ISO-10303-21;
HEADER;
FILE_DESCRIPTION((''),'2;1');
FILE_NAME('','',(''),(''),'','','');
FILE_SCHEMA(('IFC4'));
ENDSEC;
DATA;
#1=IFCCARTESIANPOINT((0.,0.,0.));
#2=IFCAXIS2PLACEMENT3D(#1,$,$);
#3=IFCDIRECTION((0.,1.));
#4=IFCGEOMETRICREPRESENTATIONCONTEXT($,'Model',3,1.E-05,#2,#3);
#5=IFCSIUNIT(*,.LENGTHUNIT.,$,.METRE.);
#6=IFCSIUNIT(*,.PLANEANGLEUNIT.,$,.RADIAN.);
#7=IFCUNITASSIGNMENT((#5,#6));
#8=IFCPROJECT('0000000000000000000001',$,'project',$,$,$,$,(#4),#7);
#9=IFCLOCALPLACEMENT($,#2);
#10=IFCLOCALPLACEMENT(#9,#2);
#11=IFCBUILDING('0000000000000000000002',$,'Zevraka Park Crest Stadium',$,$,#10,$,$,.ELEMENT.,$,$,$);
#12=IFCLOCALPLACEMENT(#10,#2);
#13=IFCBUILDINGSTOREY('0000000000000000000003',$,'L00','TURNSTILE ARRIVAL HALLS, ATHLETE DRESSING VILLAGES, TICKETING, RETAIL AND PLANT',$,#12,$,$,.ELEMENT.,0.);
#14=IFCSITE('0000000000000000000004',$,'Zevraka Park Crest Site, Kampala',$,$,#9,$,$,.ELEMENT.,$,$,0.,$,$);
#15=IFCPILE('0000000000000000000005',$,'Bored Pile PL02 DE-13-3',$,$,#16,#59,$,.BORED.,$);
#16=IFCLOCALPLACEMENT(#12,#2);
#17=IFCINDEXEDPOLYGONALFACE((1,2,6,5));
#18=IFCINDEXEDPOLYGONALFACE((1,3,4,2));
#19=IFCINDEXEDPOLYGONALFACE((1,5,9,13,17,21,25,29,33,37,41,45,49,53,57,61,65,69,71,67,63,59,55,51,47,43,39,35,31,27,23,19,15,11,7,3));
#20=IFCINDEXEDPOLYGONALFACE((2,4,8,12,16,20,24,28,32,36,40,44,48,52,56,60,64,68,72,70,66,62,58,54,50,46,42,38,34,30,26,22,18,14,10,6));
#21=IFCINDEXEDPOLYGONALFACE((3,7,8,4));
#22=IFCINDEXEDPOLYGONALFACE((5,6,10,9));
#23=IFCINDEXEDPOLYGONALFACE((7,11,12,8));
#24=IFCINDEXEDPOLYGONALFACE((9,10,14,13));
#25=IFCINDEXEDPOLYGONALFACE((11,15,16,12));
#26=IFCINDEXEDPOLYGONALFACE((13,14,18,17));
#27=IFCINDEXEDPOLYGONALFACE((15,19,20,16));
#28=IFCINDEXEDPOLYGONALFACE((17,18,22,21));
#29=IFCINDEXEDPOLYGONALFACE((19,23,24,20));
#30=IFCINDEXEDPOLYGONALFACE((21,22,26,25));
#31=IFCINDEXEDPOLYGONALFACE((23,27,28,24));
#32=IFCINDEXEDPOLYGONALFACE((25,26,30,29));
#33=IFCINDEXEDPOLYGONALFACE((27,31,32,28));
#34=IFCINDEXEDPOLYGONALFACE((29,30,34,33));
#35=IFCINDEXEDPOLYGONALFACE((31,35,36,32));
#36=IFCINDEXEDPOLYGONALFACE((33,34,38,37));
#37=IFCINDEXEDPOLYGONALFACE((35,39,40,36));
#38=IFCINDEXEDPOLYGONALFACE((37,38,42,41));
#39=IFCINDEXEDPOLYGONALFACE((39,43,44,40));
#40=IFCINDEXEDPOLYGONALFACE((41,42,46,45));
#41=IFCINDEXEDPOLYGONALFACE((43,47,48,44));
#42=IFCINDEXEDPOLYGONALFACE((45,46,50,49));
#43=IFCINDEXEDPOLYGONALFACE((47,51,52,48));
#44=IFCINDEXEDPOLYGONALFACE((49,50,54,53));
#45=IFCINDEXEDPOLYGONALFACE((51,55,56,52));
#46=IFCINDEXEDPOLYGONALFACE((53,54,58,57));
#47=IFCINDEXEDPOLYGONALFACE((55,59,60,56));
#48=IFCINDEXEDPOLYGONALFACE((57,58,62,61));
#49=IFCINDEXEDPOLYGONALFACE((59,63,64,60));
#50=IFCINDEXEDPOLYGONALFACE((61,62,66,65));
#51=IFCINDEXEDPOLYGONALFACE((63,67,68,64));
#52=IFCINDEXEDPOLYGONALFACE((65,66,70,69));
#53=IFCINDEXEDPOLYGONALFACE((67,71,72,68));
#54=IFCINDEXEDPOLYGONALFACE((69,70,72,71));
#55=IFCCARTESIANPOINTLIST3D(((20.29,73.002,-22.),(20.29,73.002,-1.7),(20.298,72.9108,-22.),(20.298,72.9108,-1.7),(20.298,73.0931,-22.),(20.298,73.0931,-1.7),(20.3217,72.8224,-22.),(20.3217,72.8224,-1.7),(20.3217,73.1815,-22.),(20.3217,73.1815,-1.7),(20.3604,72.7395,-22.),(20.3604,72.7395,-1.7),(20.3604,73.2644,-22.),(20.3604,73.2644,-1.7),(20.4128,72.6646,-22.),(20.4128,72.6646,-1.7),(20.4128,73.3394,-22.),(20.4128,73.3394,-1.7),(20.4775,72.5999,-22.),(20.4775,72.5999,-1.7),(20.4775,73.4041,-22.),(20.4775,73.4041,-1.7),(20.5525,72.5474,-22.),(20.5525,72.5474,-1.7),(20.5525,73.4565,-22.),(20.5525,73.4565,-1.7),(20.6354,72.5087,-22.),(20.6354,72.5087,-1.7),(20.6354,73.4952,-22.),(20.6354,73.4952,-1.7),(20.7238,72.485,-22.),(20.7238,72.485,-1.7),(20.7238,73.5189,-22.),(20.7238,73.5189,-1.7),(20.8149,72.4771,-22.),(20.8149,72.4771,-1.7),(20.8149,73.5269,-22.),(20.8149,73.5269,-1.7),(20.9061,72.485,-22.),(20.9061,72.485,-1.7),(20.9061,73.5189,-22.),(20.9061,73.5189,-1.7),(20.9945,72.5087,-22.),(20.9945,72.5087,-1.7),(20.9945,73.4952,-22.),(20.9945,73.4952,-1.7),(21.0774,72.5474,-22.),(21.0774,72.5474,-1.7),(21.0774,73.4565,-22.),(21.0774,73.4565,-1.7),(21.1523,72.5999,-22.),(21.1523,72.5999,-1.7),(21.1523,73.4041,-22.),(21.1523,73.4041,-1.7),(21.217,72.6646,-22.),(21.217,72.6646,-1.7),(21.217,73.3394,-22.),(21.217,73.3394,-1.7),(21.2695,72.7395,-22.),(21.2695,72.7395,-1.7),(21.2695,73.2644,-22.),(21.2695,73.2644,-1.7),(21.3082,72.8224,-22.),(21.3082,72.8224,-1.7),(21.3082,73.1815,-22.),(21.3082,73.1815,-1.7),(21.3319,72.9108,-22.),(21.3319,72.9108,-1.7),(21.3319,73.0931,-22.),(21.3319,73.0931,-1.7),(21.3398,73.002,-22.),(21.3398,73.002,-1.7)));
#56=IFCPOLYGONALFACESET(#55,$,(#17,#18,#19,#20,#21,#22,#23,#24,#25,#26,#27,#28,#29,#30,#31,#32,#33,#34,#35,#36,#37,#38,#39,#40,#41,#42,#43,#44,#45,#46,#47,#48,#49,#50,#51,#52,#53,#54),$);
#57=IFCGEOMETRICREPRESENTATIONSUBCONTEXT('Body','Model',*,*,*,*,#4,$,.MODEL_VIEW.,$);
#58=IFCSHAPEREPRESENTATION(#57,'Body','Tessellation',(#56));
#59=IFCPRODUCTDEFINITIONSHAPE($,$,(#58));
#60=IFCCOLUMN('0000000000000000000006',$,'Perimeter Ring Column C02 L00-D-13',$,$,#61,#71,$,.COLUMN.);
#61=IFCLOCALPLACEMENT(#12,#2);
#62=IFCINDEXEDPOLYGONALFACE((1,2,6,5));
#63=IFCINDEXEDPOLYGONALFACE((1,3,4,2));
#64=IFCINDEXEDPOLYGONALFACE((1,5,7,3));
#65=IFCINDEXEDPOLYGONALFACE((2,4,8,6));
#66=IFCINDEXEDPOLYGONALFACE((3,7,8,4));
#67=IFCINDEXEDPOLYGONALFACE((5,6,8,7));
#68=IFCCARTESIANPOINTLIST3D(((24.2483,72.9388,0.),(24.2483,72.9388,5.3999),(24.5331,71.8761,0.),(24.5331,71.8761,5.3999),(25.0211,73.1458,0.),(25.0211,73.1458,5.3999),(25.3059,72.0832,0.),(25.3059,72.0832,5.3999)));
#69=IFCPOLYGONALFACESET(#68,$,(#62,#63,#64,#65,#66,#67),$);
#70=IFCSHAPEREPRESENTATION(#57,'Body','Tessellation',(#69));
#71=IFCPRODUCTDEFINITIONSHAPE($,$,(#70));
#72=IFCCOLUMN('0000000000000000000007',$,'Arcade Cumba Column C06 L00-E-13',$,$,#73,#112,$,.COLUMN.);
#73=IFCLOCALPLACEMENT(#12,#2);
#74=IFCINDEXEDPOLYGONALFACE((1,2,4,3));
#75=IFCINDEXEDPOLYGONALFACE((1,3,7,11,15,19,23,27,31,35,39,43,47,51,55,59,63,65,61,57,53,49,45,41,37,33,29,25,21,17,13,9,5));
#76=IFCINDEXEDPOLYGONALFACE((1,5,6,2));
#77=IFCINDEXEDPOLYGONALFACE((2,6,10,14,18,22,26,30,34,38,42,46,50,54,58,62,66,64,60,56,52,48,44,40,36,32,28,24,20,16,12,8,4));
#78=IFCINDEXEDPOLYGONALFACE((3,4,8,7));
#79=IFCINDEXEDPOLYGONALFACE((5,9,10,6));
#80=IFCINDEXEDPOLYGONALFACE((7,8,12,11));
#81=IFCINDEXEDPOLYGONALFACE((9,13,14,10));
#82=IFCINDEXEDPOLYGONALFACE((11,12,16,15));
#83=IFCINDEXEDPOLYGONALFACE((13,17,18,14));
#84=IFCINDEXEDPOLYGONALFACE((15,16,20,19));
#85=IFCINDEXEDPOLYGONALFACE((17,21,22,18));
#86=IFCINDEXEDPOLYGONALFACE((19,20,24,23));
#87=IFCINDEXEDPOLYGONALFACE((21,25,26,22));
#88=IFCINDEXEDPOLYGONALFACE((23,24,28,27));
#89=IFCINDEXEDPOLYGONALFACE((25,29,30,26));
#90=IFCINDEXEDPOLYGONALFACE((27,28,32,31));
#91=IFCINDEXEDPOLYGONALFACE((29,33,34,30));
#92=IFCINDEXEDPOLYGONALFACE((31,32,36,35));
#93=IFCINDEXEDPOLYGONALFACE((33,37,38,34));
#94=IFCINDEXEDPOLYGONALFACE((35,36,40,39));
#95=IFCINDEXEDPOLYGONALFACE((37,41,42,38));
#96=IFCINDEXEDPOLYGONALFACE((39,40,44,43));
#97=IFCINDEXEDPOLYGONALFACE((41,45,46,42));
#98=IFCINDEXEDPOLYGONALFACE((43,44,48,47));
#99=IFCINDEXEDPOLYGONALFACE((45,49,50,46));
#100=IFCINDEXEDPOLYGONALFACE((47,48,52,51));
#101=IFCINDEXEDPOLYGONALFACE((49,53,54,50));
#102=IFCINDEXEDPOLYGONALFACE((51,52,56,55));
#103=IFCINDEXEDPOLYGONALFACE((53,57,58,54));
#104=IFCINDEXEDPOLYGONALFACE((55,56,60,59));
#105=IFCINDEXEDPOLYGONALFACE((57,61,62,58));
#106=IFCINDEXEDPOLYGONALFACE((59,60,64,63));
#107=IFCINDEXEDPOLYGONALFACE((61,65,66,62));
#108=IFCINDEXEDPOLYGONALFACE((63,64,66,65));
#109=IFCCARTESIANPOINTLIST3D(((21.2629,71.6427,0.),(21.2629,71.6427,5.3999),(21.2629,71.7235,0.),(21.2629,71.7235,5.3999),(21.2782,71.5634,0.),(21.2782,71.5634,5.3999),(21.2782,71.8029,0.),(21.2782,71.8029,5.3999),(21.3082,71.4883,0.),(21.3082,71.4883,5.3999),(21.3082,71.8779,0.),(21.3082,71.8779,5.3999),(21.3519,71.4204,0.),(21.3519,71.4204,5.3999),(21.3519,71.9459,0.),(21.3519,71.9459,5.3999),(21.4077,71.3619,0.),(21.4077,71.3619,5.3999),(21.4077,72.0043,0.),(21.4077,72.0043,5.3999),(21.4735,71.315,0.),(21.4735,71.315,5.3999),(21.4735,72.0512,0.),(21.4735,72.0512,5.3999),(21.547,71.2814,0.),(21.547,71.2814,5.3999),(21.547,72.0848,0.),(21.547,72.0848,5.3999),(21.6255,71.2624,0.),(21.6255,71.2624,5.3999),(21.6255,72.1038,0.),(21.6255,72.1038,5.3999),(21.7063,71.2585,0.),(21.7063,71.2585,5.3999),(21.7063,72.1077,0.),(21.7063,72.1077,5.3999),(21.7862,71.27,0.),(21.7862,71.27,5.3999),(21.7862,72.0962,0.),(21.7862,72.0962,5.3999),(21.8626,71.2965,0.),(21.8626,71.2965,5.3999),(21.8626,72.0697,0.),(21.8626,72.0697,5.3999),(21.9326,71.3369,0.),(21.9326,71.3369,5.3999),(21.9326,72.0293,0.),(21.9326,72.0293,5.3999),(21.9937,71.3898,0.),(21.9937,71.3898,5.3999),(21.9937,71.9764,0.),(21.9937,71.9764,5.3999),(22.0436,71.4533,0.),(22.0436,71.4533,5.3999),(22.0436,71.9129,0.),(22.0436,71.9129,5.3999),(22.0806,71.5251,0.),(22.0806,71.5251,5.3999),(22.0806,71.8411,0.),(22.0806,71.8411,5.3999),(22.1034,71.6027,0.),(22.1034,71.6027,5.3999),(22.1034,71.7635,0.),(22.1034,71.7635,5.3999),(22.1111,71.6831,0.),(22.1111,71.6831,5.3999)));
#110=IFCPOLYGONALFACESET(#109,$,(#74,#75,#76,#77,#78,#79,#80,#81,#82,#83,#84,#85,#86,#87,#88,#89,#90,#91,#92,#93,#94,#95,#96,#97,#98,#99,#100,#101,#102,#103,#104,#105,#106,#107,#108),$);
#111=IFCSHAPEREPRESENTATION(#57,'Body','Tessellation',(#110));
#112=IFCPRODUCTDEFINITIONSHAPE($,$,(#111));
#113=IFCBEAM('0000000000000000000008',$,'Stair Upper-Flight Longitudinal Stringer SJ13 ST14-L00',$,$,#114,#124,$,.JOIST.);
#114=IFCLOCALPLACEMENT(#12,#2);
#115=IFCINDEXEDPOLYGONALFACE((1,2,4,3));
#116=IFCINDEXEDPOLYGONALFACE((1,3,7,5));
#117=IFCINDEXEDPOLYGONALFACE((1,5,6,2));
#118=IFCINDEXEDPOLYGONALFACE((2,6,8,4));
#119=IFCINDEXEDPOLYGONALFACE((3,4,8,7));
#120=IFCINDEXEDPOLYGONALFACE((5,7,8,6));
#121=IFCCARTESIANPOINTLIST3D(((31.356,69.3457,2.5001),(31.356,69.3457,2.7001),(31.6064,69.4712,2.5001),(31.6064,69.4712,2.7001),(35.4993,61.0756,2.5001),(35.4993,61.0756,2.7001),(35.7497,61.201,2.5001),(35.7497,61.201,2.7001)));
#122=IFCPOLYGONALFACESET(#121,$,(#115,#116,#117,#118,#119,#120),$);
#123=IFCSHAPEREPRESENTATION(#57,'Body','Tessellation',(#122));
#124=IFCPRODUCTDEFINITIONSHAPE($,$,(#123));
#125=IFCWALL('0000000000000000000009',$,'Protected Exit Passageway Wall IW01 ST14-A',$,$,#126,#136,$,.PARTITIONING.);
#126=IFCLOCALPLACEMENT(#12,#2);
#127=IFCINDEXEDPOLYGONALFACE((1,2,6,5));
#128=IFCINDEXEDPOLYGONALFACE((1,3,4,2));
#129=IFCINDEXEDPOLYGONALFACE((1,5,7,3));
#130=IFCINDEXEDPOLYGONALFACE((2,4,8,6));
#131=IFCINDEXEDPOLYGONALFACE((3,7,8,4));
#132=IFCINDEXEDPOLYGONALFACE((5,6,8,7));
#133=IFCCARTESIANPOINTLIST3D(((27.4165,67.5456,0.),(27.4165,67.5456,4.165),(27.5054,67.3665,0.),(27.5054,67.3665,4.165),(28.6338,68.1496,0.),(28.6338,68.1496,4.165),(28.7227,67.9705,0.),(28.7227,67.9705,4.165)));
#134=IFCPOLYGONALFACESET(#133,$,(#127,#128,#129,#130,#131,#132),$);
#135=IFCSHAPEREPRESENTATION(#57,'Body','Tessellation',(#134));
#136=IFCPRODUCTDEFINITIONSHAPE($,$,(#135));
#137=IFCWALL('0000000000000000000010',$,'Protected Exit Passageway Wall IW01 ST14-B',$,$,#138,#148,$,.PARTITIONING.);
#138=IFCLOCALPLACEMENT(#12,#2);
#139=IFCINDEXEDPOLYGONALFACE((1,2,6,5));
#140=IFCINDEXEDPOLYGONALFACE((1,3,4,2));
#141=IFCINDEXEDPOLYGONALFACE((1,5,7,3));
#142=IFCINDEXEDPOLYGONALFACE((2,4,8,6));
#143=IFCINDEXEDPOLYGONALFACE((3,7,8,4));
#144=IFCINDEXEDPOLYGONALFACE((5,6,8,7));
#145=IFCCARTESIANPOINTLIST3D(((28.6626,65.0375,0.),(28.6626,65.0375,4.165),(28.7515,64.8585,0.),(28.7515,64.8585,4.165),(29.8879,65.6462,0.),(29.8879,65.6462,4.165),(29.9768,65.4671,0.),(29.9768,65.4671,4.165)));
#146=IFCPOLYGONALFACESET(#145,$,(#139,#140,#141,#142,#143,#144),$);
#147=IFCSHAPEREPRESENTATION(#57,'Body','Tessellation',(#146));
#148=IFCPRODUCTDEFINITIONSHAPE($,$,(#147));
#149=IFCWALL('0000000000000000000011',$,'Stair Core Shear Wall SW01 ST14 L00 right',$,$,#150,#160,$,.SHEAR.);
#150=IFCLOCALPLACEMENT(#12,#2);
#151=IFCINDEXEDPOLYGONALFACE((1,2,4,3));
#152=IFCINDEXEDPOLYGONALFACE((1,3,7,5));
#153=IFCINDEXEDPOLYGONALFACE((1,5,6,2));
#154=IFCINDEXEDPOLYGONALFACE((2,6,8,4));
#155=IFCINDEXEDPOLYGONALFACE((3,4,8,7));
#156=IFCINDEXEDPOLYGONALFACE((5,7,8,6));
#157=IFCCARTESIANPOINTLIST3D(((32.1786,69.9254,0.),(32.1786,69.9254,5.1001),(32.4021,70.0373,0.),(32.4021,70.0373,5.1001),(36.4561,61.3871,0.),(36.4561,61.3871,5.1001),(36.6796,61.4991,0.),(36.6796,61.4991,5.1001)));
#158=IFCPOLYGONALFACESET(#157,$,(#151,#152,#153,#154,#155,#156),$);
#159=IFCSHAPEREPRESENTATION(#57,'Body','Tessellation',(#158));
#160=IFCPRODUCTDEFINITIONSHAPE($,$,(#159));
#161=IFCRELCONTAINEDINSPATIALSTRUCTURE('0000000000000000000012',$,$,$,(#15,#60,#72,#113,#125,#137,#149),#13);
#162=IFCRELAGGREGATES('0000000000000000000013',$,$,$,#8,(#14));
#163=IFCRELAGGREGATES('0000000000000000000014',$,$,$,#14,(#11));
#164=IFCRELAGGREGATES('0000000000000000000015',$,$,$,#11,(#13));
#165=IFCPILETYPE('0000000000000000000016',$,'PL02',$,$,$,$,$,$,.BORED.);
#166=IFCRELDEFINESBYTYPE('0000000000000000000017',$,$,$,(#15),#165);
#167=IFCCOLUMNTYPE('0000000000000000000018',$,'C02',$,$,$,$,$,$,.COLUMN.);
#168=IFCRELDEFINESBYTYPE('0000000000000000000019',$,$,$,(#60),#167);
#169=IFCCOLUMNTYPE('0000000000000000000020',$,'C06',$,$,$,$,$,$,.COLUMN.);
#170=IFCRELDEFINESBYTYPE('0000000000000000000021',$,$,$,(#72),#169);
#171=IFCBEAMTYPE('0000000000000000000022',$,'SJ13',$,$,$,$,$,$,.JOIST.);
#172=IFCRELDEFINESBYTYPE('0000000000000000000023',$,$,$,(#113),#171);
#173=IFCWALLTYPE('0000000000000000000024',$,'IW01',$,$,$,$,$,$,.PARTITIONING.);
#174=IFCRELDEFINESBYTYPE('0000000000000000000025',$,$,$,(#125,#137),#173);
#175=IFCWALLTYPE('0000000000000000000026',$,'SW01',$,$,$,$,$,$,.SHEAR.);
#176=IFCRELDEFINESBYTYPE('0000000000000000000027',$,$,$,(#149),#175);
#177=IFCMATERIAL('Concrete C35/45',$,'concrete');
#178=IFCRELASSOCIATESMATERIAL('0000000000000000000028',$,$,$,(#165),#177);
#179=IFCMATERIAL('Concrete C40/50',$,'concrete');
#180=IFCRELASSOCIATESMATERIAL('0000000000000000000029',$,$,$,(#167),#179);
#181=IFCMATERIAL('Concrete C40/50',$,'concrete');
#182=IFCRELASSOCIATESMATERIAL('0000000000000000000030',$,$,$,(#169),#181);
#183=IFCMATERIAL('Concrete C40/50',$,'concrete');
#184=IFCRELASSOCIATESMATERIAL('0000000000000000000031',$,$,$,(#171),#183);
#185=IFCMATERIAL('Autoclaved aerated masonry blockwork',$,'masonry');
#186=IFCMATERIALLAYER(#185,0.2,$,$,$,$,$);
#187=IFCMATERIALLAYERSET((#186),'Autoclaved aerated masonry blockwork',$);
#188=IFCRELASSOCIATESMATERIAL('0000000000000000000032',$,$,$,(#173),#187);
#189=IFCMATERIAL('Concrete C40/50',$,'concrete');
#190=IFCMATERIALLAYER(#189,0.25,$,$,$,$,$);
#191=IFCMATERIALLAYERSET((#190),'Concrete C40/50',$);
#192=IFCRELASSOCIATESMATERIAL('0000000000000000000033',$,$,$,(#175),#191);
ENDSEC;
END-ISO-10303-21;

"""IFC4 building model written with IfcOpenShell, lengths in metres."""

from ifc_helpers import new_model, si_unit, direction, frame, frame_2d, origin, origin_2d, place, context, subcontext, project, spatial, rectangle, circle, extrude, material, layer, layer_set, material_profile, profile_set, type_object, element, save


model = new_model("IFC4")

# Units and contexts
model_context = context("Model", 3, precision=1e-05, world=origin(), true_north=direction((0.0, 1.0)))
body_context = subcontext(model_context, "Body", "Model", "MODEL_VIEW")
ifc_project = project(units=[si_unit("LENGTHUNIT", "METRE"), si_unit("PLANEANGLEUNIT", "RADIAN")], contexts=[model_context])

# Site, building, storey
site_placement = place(None, origin())
site = spatial("IfcSite", under=ifc_project, at=site_placement, Name="Zevraka Park Crest Site, Kampala", CompositionType="ELEMENT", RefElevation=0.0)
building_placement = place(site_placement, origin())
building = spatial("IfcBuilding", under=site, at=building_placement, Name="Zevraka Park Crest Stadium", CompositionType="ELEMENT")
storey_placement = place(building_placement, origin())
storey = spatial("IfcBuildingStorey", under=building, at=storey_placement, Name="L00", Description="TURNSTILE ARRIVAL HALLS, ATHLETE DRESSING VILLAGES, TICKETING, RETAIL AND PLANT", CompositionType="ELEMENT", Elevation=0.0)

# Pile
ifc_material_1 = material(Name="Concrete C35/45", Category="concrete")
ifc_material_profile_1 = material_profile(ifc_material_1, circle(Radius=0.5249, at=origin_2d()), Name="PILE D1050")
ifc_profile_set_1 = profile_set([ifc_material_profile_1], Name="Concrete C35/45")
pile_type_1 = type_object("IfcPileType", Name="PL02", PredefinedType="BORED", material=ifc_profile_set_1)
for number, where, z_axis, x_axis, name in (
    (1, (20.8149, 73.002, -1.7), (0.0, 0.0, -1.0), (1.0, 0.0, 0.0), "Bored Pile PL02 DE-13-3"),
):
    element("IfcPile", number, at=place(storey_placement, frame(where, z_axis=z_axis, x_axis=x_axis)), inside=storey, type_object=pile_type_1, Name=name, PredefinedType="BORED", context=body_context, shape_type="SweptSolid", body=[
        extrude(circle(Radius=0.5249, at=origin_2d()), origin(), (0.0, 0.0, 1.0), 20.3),
    ])

# Columns
ifc_material_2 = material(Name="Concrete C40/50", Category="concrete")
ifc_material_profile_2 = material_profile(ifc_material_2, rectangle(XDim=0.8, YDim=1.1001, at=origin_2d()), Name="RC 1100x800")
ifc_profile_set_2 = profile_set([ifc_material_profile_2], Name="Concrete C40/50")
column_type_1 = type_object("IfcColumnType", Name="C02", PredefinedType="COLUMN", material=ifc_profile_set_2)
column_1_placement = place(storey_placement, frame((24.7771, 72.511, 0.0), z_axis=(0.0, 0.0, 1.0), x_axis=(0.965926, 0.258819, 0.0)))
element("IfcColumn", 2, at=column_1_placement, inside=storey, type_object=column_type_1, Name="Perimeter Ring Column C02 L00-D-13", PredefinedType="COLUMN", context=body_context, shape_type="SweptSolid", body=[
    extrude(rectangle(XDim=0.8, YDim=1.1001, at=origin_2d()), origin(), (0.0, 0.0, 1.0), 5.3999),
])
ifc_material_3 = material(Name="Concrete C40/50", Category="concrete")
ifc_material_profile_3 = material_profile(ifc_material_3, circle(Radius=0.425, at=origin_2d()), Name="RC D850")
ifc_profile_set_3 = profile_set([ifc_material_profile_3], Name="Concrete C40/50")
column_type_2 = type_object("IfcColumnType", Name="C06", PredefinedType="COLUMN", material=ifc_profile_set_3)
column_2_placement = place(storey_placement, frame((21.686, 71.6831, 0.0), z_axis=(0.0, 0.0, 1.0), x_axis=(1.0, 0.0, 0.0)))
element("IfcColumn", 3, at=column_2_placement, inside=storey, type_object=column_type_2, Name="Arcade Cumba Column C06 L00-E-13", PredefinedType="COLUMN", context=body_context, shape_type="SweptSolid", body=[
    extrude(circle(Radius=0.425, at=origin_2d()), origin(), (0.0, 0.0, 1.0), 5.3999),
])

# Beam
ifc_material_4 = material(Name="Concrete C40/50", Category="concrete")
ifc_material_profile_4 = material_profile(ifc_material_4, rectangle(XDim=0.28, YDim=0.2, at=origin_2d()), Name="RC 200x280")
ifc_profile_set_4 = profile_set([ifc_material_profile_4], Name="Concrete C40/50")
beam_type = type_object("IfcBeamType", Name="SJ13", PredefinedType="JOIST", material=ifc_profile_set_4)
beam_placement = place(storey_placement, frame((31.4812, 69.4084, 2.6001), z_axis=(0.447921, -0.894073, 0.0), x_axis=(0.894073, 0.447921, 0.0)))
element("IfcBeam", 4, at=beam_placement, inside=storey, type_object=beam_type, Name="Stair Upper-Flight Longitudinal Stringer SJ13 ST14-L00", PredefinedType="JOIST", context=body_context, shape_type="SweptSolid", body=[
    extrude(rectangle(XDim=0.28, YDim=0.2, at=origin_2d()), origin(), (0.0, 0.0, 1.0), 9.25),
])

# Walls
ifc_material_5 = material(Name="Autoclaved aerated masonry blockwork", Category="masonry")
ifc_layer_1 = layer(ifc_material_5, 0.2)
ifc_layer_set_1 = layer_set([ifc_layer_1], Name="Autoclaved aerated masonry blockwork")
wall_type_1 = type_object("IfcWallType", Name="IW01", PredefinedType="PARTITIONING", material=ifc_layer_set_1)
wall_1_placement = place(storey_placement, frame((28.6782, 68.0601, 0.0), z_axis=(0.0, 0.0, 1.0), x_axis=(-0.895788, -0.444481, 0.0)))
element("IfcWall", 5, at=wall_1_placement, inside=storey, type_object=wall_type_1, Name="Protected Exit Passageway Wall IW01 ST14-A", PredefinedType="PARTITIONING", context=body_context, shape_type="SweptSolid", body=[
    extrude(rectangle(XDim=1.3589, YDim=0.2, at=frame_2d((0.6794, 0.0))), origin(), (0.0, 0.0, 1.0), 4.165),
])
wall_2_placement = place(storey_placement, frame((29.9324, 65.5566, 0.0), z_axis=(0.0, 0.0, 1.0), x_axis=(-0.895602, -0.444857, 0.0)))
element("IfcWall", 6, at=wall_2_placement, inside=storey, type_object=wall_type_1, Name="Protected Exit Passageway Wall IW01 ST14-B", PredefinedType="PARTITIONING", context=body_context, shape_type="SweptSolid", body=[
    extrude(rectangle(XDim=1.3682, YDim=0.2, at=frame_2d((0.6841, 0.0))), origin(), (0.0, 0.0, 1.0), 4.165),
])
ifc_material_6 = material(Name="Concrete C40/50", Category="concrete")
ifc_layer_2 = layer(ifc_material_6, 0.25)
ifc_layer_set_2 = layer_set([ifc_layer_2], Name="Concrete C40/50")
wall_type_2 = type_object("IfcWallType", Name="SW01", PredefinedType="SHEAR", material=ifc_layer_set_2)
wall_3_placement = place(storey_placement, frame((36.5679, 61.4431, 0.0), z_axis=(0.0, 0.0, 1.0), x_axis=(-0.447919, 0.894074, 0.0)))
element("IfcWall", 7, at=wall_3_placement, inside=storey, type_object=wall_type_2, Name="Stair Core Shear Wall SW01 ST14 L00 right", PredefinedType="SHEAR", context=body_context, shape_type="SweptSolid", body=[
    extrude(rectangle(XDim=9.5498, YDim=0.25, at=frame_2d((4.7749, 0.0))), origin(), (0.0, 0.0, 1.0), 5.1001),
])

save(model, "model.ifc")
